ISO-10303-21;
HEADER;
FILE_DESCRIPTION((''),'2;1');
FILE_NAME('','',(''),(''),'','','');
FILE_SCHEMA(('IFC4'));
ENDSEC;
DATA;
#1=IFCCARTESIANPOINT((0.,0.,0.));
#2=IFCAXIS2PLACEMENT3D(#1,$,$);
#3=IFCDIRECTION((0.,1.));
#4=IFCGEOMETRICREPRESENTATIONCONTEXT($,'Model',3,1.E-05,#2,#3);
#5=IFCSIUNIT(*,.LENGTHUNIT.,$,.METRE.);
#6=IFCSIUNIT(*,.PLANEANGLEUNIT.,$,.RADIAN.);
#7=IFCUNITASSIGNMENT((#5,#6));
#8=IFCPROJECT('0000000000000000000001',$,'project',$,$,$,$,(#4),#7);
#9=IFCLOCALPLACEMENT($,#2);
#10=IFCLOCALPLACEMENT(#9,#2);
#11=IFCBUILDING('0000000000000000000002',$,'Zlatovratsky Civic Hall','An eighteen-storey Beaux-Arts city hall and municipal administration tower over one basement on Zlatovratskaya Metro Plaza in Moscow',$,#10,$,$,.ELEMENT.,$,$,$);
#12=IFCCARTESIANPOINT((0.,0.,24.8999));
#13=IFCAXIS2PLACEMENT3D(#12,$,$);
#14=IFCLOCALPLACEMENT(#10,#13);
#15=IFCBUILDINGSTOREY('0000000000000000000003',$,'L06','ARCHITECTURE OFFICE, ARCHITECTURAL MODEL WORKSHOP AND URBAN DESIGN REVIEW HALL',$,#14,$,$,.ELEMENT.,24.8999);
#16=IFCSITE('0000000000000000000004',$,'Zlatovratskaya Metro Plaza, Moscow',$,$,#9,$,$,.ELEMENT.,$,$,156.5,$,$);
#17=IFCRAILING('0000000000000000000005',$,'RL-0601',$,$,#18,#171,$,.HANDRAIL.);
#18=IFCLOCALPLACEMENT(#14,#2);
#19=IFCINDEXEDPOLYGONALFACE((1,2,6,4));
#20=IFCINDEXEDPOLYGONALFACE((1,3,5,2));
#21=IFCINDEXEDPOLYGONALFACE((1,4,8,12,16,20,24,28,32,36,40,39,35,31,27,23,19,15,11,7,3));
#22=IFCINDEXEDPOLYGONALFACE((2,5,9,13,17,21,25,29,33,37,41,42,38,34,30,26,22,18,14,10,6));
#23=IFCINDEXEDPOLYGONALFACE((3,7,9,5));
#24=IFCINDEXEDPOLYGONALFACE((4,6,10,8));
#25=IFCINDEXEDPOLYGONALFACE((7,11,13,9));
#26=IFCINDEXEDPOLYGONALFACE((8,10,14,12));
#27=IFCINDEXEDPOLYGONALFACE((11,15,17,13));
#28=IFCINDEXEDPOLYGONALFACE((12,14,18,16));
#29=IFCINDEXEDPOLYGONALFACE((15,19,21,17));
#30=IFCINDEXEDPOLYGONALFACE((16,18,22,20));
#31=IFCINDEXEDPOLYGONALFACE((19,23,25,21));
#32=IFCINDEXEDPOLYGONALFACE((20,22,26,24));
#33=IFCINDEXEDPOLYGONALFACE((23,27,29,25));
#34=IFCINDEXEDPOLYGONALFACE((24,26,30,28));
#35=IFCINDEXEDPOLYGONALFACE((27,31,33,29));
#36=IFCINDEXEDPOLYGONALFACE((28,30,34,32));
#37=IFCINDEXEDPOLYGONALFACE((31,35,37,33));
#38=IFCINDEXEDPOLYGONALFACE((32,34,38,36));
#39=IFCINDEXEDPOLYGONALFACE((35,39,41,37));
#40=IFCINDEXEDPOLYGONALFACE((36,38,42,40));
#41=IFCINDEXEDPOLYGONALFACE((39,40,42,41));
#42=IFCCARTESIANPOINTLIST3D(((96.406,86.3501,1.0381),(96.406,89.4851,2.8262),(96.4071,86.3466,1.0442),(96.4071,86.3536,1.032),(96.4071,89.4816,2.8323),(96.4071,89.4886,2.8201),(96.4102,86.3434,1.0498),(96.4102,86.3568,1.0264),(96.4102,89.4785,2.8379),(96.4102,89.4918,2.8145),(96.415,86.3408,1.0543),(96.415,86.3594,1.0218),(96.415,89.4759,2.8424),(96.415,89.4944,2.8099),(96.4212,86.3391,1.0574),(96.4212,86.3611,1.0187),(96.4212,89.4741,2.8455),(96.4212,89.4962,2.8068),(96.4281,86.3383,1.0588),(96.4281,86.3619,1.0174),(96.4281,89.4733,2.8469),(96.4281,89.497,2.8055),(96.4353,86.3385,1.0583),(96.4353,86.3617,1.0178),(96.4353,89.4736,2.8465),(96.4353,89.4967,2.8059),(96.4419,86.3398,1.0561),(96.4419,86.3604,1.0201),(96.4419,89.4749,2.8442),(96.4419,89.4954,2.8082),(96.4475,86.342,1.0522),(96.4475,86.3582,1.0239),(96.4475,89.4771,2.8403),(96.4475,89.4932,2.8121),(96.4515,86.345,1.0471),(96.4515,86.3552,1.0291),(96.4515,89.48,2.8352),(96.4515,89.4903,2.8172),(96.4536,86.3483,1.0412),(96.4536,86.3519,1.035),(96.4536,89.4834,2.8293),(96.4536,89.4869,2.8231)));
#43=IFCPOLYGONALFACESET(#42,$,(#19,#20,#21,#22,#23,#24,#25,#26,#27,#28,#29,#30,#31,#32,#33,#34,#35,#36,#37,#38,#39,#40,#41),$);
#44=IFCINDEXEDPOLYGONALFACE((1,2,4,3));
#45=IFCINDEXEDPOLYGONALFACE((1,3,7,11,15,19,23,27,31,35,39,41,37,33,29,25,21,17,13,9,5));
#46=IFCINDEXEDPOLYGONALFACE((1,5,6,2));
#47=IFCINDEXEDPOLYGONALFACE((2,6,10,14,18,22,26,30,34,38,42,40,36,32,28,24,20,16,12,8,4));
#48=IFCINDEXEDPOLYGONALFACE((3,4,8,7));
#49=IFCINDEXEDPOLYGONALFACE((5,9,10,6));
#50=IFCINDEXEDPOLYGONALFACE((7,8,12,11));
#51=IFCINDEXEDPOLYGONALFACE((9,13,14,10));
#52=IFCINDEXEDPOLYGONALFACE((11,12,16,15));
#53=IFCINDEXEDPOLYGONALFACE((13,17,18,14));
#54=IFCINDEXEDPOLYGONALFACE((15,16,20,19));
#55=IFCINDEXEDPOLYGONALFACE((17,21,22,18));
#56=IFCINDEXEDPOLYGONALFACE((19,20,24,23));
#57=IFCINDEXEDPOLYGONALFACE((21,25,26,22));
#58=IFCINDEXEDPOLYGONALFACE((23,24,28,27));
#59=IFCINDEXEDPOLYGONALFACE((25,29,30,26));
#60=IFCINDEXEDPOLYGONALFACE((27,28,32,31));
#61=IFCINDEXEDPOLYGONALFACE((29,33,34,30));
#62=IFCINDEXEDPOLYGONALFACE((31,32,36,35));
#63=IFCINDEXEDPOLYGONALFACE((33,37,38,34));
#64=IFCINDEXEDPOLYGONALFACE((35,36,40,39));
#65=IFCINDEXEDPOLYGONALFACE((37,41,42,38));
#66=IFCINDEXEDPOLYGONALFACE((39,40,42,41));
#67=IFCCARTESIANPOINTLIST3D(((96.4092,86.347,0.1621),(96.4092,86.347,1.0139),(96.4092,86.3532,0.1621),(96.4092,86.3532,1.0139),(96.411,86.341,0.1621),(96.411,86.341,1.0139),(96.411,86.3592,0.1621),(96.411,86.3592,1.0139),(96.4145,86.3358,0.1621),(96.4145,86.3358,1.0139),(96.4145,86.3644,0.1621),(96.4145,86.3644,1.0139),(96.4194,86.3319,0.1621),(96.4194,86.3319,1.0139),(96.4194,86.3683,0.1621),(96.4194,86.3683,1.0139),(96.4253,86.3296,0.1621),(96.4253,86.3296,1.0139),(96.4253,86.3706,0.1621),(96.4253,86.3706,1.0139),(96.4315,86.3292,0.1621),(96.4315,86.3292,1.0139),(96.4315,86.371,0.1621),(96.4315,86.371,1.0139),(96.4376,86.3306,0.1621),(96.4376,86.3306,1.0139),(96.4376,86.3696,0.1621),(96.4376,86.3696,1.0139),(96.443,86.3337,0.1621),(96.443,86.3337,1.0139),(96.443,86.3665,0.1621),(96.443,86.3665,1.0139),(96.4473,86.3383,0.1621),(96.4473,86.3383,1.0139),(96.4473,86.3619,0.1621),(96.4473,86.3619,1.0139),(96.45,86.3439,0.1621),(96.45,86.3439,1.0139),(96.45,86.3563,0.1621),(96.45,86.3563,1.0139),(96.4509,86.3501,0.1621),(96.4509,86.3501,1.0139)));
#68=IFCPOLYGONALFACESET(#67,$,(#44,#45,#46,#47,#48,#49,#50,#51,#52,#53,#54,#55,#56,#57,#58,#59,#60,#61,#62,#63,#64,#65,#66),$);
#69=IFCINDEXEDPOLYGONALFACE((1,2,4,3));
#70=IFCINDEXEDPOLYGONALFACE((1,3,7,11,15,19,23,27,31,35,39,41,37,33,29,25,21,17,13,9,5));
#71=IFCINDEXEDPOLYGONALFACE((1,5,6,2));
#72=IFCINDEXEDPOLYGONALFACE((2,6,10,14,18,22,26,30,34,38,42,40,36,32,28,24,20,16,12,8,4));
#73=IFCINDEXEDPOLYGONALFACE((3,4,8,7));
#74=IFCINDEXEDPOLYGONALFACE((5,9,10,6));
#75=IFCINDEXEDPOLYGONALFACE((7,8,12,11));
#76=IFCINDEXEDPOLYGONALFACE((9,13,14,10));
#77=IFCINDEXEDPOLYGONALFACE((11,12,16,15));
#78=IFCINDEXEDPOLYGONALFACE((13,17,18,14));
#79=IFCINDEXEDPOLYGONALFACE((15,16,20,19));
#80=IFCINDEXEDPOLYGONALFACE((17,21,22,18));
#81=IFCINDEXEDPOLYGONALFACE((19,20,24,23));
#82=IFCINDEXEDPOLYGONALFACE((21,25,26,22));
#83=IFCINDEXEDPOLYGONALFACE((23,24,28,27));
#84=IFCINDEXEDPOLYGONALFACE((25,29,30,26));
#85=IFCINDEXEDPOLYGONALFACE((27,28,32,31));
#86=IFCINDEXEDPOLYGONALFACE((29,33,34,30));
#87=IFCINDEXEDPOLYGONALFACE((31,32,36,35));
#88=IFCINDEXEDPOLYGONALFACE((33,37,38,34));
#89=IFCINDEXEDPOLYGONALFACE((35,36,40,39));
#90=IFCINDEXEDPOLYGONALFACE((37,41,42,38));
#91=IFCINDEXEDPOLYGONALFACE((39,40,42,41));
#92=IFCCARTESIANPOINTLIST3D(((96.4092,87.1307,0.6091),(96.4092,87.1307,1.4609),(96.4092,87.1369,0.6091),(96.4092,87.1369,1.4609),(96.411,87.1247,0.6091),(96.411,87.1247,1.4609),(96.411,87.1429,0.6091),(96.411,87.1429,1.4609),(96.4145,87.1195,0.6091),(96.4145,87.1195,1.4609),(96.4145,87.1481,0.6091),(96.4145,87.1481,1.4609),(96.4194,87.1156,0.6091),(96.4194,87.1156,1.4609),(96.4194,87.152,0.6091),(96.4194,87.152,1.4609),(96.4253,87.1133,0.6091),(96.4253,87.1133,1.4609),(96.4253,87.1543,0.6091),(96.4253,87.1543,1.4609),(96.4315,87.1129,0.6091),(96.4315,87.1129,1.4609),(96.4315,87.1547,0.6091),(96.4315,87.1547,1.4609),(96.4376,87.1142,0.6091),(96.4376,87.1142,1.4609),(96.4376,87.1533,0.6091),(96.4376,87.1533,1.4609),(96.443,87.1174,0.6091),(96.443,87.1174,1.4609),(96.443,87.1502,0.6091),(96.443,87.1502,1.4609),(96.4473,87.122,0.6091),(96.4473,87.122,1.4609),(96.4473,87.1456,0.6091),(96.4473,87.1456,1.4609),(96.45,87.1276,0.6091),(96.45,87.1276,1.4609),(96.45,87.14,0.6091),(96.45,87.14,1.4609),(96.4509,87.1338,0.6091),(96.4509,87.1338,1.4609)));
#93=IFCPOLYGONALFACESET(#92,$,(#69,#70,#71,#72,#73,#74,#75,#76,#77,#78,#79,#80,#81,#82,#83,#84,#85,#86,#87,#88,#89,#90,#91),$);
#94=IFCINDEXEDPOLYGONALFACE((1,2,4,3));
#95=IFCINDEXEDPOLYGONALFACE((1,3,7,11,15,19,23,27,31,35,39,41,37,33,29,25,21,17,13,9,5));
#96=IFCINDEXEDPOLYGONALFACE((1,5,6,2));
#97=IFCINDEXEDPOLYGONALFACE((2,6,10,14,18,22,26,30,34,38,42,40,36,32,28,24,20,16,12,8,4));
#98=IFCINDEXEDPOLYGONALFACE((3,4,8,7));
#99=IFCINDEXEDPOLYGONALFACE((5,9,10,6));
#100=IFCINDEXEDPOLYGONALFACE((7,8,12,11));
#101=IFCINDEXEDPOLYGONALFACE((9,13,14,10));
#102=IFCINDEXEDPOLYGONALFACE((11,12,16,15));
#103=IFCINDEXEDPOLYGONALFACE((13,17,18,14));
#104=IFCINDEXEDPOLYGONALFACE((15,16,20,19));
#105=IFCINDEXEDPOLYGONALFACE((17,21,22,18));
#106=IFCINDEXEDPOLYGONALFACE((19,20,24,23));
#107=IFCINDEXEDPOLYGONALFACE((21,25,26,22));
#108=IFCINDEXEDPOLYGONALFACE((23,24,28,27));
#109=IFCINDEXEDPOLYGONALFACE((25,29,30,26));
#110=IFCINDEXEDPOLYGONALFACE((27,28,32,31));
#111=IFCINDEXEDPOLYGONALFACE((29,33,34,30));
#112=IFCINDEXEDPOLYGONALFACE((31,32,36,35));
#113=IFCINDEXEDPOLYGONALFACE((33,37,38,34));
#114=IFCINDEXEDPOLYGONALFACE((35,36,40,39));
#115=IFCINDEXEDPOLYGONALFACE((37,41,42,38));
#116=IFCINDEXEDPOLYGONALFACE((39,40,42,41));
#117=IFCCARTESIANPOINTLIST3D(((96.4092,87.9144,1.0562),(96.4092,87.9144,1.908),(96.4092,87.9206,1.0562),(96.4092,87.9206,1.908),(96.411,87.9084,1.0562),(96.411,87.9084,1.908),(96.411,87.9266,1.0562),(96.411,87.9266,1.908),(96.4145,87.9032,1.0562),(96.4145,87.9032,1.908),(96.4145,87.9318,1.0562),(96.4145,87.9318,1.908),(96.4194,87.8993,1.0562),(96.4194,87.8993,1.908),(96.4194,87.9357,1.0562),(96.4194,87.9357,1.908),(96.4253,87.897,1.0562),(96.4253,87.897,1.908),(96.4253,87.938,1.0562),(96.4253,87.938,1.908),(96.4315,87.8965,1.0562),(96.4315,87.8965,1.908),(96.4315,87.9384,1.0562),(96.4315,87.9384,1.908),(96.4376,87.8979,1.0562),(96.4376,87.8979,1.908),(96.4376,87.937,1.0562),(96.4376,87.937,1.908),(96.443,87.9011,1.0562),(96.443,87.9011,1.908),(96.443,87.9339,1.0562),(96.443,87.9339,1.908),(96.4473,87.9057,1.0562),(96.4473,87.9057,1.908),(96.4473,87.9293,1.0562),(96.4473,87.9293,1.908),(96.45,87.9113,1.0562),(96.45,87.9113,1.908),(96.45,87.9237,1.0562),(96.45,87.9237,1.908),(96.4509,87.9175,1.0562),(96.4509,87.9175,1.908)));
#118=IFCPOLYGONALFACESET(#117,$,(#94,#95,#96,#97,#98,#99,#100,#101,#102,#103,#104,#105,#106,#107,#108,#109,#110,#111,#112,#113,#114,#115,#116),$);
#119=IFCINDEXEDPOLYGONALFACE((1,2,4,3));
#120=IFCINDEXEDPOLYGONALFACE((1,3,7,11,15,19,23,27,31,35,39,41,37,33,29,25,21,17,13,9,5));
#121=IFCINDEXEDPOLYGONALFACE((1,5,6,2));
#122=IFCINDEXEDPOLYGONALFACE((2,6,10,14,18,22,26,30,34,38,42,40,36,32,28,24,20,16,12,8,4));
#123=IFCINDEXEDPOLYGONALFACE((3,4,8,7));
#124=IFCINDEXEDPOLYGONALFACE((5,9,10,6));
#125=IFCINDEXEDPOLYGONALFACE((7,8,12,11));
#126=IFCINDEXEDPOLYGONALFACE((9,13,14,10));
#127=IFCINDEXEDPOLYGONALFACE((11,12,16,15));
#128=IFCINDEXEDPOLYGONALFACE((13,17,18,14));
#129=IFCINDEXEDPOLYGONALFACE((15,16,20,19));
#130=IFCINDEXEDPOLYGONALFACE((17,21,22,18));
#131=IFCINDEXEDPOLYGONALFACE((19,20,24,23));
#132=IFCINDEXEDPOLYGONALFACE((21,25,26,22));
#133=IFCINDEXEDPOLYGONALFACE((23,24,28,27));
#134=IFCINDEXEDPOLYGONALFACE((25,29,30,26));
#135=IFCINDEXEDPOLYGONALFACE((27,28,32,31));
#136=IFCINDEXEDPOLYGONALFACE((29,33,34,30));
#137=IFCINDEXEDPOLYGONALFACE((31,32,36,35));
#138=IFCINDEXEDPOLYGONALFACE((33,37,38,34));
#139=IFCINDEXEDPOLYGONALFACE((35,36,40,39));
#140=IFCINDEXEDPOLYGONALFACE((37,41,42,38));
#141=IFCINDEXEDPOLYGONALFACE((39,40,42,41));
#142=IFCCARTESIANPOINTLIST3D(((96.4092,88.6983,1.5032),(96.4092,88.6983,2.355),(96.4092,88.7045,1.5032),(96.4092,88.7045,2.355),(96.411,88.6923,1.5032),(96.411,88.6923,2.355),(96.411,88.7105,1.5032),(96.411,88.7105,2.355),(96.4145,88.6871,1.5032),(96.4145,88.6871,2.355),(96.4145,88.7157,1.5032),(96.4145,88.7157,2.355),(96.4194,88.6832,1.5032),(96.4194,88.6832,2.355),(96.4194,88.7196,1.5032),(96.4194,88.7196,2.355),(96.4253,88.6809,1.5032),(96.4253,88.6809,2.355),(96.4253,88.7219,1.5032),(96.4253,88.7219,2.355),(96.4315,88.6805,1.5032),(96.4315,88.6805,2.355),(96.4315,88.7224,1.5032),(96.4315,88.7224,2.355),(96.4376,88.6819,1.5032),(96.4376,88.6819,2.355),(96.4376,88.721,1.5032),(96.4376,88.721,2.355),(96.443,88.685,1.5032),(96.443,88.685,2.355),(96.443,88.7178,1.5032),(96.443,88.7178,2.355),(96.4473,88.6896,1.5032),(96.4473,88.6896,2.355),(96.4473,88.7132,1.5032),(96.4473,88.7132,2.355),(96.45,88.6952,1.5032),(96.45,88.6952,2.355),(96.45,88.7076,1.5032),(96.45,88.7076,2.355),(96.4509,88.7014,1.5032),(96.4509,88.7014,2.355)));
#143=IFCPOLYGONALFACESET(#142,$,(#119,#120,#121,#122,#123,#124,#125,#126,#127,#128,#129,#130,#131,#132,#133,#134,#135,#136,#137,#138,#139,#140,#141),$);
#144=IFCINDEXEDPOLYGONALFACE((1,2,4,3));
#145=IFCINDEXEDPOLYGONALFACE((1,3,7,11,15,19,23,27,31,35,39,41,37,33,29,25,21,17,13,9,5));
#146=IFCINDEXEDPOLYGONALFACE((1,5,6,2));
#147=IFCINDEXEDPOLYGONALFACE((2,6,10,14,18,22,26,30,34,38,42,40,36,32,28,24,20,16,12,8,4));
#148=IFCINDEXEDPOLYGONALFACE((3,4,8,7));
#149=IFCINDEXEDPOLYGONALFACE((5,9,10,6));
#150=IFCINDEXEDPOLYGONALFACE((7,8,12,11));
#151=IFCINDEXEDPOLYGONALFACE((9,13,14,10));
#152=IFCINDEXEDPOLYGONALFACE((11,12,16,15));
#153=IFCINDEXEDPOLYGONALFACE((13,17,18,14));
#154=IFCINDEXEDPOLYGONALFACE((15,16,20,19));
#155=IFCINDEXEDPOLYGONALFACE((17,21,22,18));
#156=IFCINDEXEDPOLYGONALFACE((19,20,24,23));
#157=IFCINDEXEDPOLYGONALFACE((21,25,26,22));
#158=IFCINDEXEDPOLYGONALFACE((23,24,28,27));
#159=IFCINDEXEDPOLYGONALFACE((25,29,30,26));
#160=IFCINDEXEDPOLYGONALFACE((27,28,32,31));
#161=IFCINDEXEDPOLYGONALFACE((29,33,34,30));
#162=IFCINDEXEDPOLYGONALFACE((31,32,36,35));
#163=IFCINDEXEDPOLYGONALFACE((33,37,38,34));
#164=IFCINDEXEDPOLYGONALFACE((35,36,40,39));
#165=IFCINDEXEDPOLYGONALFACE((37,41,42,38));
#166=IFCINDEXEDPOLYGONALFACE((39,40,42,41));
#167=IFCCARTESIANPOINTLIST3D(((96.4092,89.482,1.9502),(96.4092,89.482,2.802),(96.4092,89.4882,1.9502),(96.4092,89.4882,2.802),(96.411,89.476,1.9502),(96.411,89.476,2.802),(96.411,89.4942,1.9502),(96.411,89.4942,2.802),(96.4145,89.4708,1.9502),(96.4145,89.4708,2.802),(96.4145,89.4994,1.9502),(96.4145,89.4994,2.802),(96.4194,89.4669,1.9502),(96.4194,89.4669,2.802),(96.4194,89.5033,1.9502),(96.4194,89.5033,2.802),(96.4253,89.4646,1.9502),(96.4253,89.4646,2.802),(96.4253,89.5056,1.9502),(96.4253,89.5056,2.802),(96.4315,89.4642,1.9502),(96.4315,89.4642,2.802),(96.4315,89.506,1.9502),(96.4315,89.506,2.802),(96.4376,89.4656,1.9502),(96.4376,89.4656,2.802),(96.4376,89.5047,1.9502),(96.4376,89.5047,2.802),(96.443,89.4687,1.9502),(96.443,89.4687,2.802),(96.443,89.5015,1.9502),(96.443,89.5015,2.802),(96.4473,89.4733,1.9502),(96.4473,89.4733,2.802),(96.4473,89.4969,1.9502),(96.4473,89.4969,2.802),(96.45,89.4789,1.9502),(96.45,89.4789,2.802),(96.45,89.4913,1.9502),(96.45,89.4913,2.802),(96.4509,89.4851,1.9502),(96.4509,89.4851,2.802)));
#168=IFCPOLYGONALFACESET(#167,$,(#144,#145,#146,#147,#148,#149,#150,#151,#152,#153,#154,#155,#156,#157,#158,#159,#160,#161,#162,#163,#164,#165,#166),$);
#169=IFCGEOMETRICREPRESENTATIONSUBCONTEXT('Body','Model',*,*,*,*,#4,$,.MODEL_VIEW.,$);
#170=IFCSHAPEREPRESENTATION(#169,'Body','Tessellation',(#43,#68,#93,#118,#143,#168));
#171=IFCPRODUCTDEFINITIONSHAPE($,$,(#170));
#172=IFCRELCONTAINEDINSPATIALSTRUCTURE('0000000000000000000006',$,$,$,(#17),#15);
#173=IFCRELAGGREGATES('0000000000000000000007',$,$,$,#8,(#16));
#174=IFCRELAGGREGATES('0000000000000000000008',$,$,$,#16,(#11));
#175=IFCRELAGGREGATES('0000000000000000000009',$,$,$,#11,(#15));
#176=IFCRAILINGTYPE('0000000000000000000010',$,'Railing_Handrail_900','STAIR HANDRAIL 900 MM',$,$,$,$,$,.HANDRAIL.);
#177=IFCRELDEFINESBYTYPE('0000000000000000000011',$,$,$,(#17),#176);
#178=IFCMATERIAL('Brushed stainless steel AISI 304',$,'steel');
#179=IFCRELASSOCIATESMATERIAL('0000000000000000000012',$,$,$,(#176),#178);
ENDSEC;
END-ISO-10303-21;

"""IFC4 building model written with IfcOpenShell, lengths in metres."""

from ifc_helpers import new_model, si_unit, direction, frame, origin, origin_2d, place, context, subcontext, project, spatial, circle, extrude, material, type_object, element, save


model = new_model("IFC4")

# Units and contexts
model_context = context("Model", 3, precision=1e-05, world=origin(), true_north=direction((0.0, 1.0)))
body_context = subcontext(model_context, "Body", "Model", "MODEL_VIEW")
ifc_project = project(units=[si_unit("LENGTHUNIT", "METRE"), si_unit("PLANEANGLEUNIT", "RADIAN")], contexts=[model_context])

# Site, building, storey
site_placement = place(None, origin())
site = spatial("IfcSite", under=ifc_project, at=site_placement, Name="Zlatovratskaya Metro Plaza, Moscow", CompositionType="ELEMENT", RefElevation=156.5)
building_placement = place(site_placement, origin())
building = spatial("IfcBuilding", under=site, at=building_placement, Name="Zlatovratsky Civic Hall", Description="An eighteen-storey Beaux-Arts city hall and municipal administration tower over one basement on Zlatovratskaya Metro Plaza in Moscow", CompositionType="ELEMENT")
storey_placement = place(building_placement, frame((0.0, 0.0, 24.8999)))
storey = spatial("IfcBuildingStorey", under=building, at=storey_placement, Name="L06", Description="ARCHITECTURE OFFICE, ARCHITECTURAL MODEL WORKSHOP AND URBAN DESIGN REVIEW HALL", CompositionType="ELEMENT", Elevation=24.8999)

# Railing
ifc_material_1 = material(Name="Brushed stainless steel AISI 304", Category="steel")
railing_type_1 = type_object("IfcRailingType", Name="Railing_Handrail_900", Description="STAIR HANDRAIL 900 MM", PredefinedType="HANDRAIL", material=ifc_material_1)
railing_1_placement = place(storey_placement, frame((96.4299, 86.3501, 0.1621)))
element("IfcRailing", 1, at=railing_1_placement, inside=storey, type_object=railing_type_1, Name="RL-0601", PredefinedType="HANDRAIL", context=body_context, shape_type="SweptSolid", body=[
    extrude(circle(Radius=0.0239, at=origin_2d()), frame((0.0, 0.0, 0.876), z_axis=(0.0, 0.868642, 0.495439), x_axis=(-1.0, 0.0, 0.0)), (0.0, 0.0, 1.0), 3.6091),
    extrude(circle(Radius=0.021, at=origin_2d()), origin(), (0.0, 0.0, 1.0), 0.8518),
    extrude(circle(Radius=0.021, at=origin_2d()), frame((0.0, 0.7837, 0.447)), (0.0, 0.0, 1.0), 0.8518),
    extrude(circle(Radius=0.021, at=origin_2d()), frame((0.0, 1.5674, 0.894)), (0.0, 0.0, 1.0), 0.8518),
    extrude(circle(Radius=0.021, at=origin_2d()), frame((0.0, 2.3513, 1.3411)), (0.0, 0.0, 1.0), 0.8518),
    extrude(circle(Radius=0.021, at=origin_2d()), frame((0.0, 3.135, 1.7881)), (0.0, 0.0, 1.0), 0.8518),
])

save(model, "model.ifc")
